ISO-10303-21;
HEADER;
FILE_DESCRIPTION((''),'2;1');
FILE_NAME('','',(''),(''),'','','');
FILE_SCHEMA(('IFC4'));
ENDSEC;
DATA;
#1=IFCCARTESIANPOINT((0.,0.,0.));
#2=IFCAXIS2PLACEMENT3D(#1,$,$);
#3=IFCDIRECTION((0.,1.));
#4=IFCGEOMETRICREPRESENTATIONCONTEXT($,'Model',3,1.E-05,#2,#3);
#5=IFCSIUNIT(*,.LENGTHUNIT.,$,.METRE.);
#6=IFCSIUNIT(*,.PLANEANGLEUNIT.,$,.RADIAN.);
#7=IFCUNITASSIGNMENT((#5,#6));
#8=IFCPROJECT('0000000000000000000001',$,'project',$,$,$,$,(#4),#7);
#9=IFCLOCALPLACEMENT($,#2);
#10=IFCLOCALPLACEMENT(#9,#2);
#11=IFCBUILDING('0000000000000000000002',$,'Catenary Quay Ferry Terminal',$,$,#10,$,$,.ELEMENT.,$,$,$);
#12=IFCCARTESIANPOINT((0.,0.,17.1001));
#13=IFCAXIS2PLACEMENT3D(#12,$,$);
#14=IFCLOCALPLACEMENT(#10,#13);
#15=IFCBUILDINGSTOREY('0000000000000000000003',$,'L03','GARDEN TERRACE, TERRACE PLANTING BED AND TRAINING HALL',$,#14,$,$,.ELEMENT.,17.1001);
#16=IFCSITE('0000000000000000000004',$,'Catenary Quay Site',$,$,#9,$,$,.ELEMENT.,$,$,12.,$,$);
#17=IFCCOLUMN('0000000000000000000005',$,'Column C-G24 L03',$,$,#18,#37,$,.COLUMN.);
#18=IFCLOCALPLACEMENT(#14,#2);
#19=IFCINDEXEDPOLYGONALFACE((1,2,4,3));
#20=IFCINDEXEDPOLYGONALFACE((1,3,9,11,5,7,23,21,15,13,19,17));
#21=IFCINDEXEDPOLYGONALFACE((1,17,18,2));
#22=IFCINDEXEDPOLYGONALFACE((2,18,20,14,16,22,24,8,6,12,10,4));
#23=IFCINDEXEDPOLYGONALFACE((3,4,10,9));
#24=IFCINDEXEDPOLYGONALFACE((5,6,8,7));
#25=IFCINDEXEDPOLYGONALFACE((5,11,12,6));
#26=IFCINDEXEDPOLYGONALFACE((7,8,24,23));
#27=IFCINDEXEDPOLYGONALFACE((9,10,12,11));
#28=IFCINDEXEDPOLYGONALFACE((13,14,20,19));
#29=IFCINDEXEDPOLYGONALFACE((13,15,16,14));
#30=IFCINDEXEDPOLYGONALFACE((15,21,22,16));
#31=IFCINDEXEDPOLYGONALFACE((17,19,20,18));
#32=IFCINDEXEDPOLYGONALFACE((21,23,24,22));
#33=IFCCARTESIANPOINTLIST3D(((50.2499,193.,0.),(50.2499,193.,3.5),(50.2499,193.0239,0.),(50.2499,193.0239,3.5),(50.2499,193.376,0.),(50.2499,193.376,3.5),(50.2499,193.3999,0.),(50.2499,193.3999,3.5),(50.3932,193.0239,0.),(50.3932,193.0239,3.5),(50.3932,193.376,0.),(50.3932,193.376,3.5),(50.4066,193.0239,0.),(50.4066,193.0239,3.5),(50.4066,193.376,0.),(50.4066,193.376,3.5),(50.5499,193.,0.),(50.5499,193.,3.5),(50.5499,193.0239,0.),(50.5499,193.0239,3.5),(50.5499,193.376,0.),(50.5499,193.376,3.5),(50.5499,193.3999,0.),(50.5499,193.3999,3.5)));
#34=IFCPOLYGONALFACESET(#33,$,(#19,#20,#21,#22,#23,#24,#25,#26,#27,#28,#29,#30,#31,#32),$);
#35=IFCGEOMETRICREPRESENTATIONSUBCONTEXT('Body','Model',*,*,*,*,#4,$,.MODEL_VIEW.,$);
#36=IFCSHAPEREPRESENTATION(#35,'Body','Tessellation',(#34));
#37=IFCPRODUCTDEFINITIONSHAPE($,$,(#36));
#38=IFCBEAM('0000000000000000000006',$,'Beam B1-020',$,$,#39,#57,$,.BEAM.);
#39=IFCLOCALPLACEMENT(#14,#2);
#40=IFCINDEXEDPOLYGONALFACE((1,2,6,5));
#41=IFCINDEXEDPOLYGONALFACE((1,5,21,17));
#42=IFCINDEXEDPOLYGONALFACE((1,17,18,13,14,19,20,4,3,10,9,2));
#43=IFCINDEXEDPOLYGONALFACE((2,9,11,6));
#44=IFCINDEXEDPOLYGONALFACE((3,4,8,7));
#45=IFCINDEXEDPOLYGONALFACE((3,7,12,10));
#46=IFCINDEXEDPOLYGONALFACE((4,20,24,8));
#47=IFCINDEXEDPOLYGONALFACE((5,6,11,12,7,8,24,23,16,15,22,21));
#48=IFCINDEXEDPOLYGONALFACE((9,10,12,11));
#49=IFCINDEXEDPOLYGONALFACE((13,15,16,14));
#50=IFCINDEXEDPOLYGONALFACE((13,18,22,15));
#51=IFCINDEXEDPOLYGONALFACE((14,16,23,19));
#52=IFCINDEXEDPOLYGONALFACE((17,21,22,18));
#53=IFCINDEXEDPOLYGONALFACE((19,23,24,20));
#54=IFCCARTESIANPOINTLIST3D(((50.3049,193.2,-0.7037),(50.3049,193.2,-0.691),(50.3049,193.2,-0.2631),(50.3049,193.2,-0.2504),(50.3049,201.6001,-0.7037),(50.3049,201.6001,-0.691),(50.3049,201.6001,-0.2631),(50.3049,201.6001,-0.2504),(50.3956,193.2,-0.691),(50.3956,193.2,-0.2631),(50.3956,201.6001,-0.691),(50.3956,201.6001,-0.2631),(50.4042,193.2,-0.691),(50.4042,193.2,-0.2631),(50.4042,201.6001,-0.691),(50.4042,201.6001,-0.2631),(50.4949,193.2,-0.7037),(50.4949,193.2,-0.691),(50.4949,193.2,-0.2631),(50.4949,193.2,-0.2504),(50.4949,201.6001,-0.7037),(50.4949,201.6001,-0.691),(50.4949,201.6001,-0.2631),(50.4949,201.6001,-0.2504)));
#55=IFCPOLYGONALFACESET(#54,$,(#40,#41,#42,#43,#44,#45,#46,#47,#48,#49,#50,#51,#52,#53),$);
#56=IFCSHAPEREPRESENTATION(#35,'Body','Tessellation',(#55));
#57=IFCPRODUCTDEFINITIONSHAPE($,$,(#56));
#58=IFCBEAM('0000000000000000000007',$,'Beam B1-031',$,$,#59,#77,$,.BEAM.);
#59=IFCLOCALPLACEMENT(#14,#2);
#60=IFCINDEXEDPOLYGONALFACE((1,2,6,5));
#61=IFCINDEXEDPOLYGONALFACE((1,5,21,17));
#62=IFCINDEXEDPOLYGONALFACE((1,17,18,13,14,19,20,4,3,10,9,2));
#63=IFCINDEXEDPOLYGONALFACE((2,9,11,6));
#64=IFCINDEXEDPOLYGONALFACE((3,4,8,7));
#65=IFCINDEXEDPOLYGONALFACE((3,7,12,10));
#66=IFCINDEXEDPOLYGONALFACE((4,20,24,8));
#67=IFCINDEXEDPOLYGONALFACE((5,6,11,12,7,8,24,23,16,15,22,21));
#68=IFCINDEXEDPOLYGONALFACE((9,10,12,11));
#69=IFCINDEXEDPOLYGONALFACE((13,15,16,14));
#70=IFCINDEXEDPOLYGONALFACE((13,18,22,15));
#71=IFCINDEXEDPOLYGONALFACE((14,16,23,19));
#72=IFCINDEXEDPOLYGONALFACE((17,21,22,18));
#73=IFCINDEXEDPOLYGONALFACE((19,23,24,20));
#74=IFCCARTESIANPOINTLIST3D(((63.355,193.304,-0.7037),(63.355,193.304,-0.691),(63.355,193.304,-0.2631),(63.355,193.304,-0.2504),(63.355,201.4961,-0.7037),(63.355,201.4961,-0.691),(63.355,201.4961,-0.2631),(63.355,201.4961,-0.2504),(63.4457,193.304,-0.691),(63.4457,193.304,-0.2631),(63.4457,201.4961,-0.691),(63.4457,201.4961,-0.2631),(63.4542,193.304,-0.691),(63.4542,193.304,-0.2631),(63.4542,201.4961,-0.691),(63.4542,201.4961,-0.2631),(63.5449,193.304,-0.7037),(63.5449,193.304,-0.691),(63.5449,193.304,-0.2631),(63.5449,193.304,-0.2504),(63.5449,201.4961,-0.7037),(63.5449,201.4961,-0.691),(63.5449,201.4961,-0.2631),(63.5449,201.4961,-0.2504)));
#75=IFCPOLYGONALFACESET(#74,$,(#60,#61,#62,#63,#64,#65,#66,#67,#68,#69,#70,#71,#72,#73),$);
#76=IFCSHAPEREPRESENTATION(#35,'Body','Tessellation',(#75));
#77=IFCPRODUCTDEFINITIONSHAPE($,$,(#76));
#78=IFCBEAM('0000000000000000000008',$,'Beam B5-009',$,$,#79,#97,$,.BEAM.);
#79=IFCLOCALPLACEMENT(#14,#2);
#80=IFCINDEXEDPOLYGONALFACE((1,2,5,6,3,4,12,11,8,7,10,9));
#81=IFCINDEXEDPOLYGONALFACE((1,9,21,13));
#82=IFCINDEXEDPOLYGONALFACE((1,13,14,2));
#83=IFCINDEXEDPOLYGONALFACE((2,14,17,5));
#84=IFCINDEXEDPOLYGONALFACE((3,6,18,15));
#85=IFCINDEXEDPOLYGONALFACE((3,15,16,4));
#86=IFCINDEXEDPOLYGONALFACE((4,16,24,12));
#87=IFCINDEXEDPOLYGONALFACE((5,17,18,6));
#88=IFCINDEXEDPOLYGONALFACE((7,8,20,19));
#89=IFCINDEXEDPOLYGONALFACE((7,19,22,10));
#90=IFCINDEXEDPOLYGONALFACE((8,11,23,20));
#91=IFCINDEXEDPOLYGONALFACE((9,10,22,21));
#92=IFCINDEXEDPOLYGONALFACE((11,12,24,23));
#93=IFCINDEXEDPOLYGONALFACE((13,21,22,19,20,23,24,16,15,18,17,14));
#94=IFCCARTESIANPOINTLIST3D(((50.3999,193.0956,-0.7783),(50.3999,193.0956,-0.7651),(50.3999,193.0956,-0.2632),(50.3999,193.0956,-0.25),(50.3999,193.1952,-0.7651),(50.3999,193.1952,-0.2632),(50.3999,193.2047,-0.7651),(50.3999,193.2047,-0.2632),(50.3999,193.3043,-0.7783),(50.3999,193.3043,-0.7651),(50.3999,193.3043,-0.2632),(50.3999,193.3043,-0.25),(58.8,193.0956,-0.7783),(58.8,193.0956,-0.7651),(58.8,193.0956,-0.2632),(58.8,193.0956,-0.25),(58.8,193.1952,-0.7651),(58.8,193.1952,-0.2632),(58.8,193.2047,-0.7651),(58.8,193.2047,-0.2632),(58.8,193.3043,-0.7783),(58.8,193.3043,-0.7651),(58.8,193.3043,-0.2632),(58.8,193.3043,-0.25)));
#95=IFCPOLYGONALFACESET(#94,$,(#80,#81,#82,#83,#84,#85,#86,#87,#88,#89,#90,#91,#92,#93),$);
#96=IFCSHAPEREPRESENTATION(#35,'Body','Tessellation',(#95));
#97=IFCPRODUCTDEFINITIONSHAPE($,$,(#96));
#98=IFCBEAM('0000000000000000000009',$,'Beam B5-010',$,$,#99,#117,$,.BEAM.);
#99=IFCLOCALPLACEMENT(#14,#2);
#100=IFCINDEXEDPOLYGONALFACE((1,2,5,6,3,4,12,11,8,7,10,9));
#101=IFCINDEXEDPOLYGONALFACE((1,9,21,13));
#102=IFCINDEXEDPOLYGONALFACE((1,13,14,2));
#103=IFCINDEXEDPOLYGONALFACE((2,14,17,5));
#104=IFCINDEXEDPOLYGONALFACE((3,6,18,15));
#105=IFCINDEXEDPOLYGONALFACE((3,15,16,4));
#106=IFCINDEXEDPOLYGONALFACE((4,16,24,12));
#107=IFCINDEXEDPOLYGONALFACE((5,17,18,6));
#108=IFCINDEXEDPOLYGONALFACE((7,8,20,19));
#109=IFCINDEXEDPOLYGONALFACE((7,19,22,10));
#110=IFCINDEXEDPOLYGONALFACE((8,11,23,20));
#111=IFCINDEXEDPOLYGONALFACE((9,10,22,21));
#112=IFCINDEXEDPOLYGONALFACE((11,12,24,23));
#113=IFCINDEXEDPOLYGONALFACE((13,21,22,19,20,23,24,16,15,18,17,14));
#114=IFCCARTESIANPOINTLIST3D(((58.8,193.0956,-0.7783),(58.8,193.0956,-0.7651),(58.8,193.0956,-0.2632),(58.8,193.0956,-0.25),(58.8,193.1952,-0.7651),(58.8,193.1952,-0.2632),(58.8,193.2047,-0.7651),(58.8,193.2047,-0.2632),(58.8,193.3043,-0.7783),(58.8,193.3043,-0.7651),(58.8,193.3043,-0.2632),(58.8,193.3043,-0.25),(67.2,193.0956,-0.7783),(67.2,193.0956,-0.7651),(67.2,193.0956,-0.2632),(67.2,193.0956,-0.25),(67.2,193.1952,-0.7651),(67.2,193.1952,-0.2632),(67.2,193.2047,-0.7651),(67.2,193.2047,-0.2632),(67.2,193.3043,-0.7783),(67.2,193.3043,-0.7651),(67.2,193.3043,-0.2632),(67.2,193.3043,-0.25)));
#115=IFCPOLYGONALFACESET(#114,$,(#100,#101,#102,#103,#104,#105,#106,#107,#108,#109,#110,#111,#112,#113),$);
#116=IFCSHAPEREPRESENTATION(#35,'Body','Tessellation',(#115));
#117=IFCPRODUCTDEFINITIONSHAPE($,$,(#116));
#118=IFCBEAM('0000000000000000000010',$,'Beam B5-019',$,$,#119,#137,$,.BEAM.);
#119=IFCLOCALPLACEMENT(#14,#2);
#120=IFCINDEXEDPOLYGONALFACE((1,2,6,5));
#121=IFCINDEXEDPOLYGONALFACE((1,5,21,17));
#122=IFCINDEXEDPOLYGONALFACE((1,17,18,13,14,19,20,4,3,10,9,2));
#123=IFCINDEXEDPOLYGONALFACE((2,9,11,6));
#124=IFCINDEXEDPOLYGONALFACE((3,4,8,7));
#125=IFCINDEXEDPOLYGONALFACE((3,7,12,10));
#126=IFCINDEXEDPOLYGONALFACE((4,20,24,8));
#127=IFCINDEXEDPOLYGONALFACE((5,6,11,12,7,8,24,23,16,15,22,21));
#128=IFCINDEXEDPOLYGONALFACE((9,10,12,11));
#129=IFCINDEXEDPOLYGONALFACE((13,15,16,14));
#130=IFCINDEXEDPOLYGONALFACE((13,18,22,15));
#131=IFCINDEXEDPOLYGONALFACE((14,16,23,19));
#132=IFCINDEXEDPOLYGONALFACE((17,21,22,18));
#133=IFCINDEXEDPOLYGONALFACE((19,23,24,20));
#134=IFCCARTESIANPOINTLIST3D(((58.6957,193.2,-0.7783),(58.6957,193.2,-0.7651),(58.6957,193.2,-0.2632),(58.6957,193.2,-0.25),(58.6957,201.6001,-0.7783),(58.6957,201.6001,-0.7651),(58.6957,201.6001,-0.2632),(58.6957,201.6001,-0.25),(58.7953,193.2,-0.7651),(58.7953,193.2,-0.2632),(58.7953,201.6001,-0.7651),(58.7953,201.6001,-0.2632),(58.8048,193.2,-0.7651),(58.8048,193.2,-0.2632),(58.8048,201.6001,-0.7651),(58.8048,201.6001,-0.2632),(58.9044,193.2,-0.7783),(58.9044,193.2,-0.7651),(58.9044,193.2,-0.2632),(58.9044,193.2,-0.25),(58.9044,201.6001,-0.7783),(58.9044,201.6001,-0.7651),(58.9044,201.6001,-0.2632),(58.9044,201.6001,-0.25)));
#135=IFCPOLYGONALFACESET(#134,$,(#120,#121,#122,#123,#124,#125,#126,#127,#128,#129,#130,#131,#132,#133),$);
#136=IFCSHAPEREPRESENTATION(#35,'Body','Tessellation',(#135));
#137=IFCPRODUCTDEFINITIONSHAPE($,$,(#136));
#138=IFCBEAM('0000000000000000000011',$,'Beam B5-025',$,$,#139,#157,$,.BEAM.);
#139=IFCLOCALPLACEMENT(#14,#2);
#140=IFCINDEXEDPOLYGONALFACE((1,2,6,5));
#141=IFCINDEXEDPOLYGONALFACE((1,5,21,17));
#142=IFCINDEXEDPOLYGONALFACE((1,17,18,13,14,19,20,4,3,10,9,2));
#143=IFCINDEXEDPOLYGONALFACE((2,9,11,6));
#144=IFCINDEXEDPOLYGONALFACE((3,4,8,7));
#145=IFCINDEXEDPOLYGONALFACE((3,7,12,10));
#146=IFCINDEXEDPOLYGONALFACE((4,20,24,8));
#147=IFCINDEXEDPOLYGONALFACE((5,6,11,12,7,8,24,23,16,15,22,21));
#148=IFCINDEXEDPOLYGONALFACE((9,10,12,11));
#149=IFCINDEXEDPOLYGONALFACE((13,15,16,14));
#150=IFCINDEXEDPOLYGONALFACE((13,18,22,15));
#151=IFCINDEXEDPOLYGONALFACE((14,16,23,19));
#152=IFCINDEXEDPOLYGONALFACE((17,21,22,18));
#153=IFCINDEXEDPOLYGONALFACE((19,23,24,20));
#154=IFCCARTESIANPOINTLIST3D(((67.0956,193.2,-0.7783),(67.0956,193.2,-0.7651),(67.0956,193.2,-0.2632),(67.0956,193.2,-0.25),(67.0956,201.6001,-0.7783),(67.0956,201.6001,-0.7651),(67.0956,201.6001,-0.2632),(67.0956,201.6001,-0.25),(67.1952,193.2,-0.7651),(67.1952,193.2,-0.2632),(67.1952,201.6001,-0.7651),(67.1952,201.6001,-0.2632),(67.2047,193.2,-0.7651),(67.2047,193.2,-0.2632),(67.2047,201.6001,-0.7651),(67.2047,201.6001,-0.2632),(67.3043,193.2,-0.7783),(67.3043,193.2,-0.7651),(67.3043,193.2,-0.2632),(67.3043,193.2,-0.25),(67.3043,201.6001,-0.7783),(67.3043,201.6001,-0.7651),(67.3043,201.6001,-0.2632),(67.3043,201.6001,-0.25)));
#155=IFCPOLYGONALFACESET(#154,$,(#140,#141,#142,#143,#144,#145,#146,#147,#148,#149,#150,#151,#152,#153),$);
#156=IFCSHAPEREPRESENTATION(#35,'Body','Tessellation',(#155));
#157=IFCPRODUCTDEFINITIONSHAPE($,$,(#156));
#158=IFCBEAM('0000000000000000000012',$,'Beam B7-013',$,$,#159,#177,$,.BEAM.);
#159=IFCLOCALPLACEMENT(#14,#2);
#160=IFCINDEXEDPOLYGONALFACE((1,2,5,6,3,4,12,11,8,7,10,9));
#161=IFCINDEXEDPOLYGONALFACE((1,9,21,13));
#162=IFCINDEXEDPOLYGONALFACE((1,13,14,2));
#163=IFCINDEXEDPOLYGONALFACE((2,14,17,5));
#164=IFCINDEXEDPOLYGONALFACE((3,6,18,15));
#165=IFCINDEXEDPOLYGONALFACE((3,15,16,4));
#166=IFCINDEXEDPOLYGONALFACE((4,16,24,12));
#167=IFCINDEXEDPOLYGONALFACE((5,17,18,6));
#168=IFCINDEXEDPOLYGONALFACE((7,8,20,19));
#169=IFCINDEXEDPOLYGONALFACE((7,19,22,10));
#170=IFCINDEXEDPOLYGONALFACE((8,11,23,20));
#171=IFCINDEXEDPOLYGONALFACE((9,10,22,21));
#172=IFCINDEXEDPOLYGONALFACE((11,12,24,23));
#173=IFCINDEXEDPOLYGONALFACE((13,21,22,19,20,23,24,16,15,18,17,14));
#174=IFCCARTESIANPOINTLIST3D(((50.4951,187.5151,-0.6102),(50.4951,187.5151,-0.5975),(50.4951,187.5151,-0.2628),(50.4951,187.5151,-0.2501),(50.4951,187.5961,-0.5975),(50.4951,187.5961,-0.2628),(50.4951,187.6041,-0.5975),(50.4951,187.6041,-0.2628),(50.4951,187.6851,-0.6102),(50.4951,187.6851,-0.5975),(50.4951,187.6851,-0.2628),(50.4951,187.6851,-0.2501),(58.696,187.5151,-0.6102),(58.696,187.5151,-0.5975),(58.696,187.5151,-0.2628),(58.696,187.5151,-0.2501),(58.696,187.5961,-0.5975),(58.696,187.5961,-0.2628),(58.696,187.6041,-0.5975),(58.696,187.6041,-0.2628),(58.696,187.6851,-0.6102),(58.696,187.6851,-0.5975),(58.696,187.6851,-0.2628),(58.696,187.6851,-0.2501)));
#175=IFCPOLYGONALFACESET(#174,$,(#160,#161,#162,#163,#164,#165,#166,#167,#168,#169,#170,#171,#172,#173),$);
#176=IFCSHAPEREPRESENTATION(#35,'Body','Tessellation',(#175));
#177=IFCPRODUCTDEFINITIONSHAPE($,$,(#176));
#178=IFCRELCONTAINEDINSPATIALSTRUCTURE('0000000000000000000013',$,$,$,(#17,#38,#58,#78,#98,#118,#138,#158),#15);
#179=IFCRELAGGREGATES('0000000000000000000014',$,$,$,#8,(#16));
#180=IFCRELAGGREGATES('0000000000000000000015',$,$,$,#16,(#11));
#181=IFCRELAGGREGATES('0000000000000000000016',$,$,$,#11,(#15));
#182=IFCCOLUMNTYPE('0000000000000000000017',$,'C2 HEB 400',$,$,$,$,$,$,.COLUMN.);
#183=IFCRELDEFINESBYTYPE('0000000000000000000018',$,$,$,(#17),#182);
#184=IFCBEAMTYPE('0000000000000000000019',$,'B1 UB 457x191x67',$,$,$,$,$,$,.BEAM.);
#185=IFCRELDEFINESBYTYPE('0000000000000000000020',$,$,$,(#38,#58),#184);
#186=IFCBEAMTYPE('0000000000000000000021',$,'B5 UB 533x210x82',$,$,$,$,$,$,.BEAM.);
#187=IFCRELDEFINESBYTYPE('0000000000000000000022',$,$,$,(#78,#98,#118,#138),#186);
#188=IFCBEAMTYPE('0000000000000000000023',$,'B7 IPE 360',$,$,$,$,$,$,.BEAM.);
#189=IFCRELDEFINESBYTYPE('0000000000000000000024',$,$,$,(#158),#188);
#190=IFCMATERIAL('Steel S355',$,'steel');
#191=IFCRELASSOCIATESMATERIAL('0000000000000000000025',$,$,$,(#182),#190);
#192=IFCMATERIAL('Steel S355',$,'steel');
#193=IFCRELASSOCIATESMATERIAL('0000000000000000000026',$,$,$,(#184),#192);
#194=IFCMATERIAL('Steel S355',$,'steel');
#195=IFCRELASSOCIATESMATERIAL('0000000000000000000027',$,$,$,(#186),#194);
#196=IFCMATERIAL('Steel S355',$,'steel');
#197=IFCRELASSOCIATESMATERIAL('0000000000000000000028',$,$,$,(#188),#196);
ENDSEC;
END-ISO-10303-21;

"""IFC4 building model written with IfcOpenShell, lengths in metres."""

from ifc_helpers import new_model, si_unit, direction, frame, origin, origin_2d, place, context, subcontext, project, spatial, i_section, extrude, material, material_profile, profile_set, type_object, element, save


model = new_model("IFC4")

# Units and contexts
model_context = context("Model", 3, precision=1e-05, world=origin(), true_north=direction((0.0, 1.0)))
body_context = subcontext(model_context, "Body", "Model", "MODEL_VIEW")
ifc_project = project(units=[si_unit("LENGTHUNIT", "METRE"), si_unit("PLANEANGLEUNIT", "RADIAN")], contexts=[model_context])

# Site, building, storey
site_placement = place(None, origin())
site = spatial("IfcSite", under=ifc_project, at=site_placement, Name="Catenary Quay Site", CompositionType="ELEMENT", RefElevation=12.0)
building_placement = place(site_placement, origin())
building = spatial("IfcBuilding", under=site, at=building_placement, Name="Catenary Quay Ferry Terminal", CompositionType="ELEMENT")
storey_placement = place(building_placement, frame((0.0, 0.0, 17.1001)))
storey = spatial("IfcBuildingStorey", under=building, at=storey_placement, Name="L03", Description="GARDEN TERRACE, TERRACE PLANTING BED AND TRAINING HALL", CompositionType="ELEMENT", Elevation=17.1001)

# Column
ifc_material_1 = material(Name="Steel S355", Category="steel")
ifc_material_profile_1 = material_profile(ifc_material_1, i_section(OverallWidth=0.3, OverallDepth=0.3999, WebThickness=0.0134, FlangeThickness=0.0239, at=origin_2d()), Name="HEB 400")
ifc_profile_set_1 = profile_set([ifc_material_profile_1], Name="Steel S355")
column_type = type_object("IfcColumnType", Name="C2 HEB 400", PredefinedType="COLUMN", material=ifc_profile_set_1)
column_placement = place(storey_placement, frame((50.3999, 193.2, 0.0), z_axis=(0.0, 0.0, 1.0), x_axis=(1.0, 0.0, 0.0)))
element("IfcColumn", 1, at=column_placement, inside=storey, type_object=column_type, Name="Column C-G24 L03", PredefinedType="COLUMN", context=body_context, shape_type="SweptSolid", body=[
    extrude(i_section(OverallWidth=0.3, OverallDepth=0.3999, WebThickness=0.0134, FlangeThickness=0.0239, at=origin_2d()), origin(), (0.0, 0.0, 1.0), 3.5),
])

# Beams
ifc_material_2 = material(Name="Steel S355", Category="steel")
ifc_material_profile_2 = material_profile(ifc_material_2, i_section(OverallWidth=0.1899, OverallDepth=0.4534, WebThickness=0.0085, FlangeThickness=0.0127, at=origin_2d()), Name="UB 457x191x67")
ifc_profile_set_2 = profile_set([ifc_material_profile_2], Name="Steel S355")
beam_type_1 = type_object("IfcBeamType", Name="B1 UB 457x191x67", PredefinedType="BEAM", material=ifc_profile_set_2)
beam_1_placement = place(storey_placement, frame((50.3999, 193.2, -0.4771), z_axis=(0.0, 1.0, 0.0), x_axis=(-1.0, 0.0, 0.0)))
element("IfcBeam", 2, at=beam_1_placement, inside=storey, type_object=beam_type_1, Name="Beam B1-020", PredefinedType="BEAM", context=body_context, shape_type="SweptSolid", body=[
    extrude(i_section(OverallWidth=0.1899, OverallDepth=0.4534, WebThickness=0.0085, FlangeThickness=0.0127, at=origin_2d()), origin(), (0.0, 0.0, 1.0), 8.4001),
])
beam_2_placement = place(storey_placement, frame((63.45, 193.304, -0.4771), z_axis=(0.0, 1.0, 0.0), x_axis=(-1.0, 0.0, 0.0)))
element("IfcBeam", 3, at=beam_2_placement, inside=storey, type_object=beam_type_1, Name="Beam B1-031", PredefinedType="BEAM", context=body_context, shape_type="SweptSolid", body=[
    extrude(i_section(OverallWidth=0.1899, OverallDepth=0.4534, WebThickness=0.0085, FlangeThickness=0.0127, at=origin_2d()), origin(), (0.0, 0.0, 1.0), 8.1921),
])
ifc_material_3 = material(Name="Steel S355", Category="steel")
ifc_material_profile_3 = material_profile(ifc_material_3, i_section(OverallWidth=0.2087, OverallDepth=0.5283, WebThickness=0.0095, FlangeThickness=0.0132, at=origin_2d()), Name="UB 533x210x82")
ifc_profile_set_3 = profile_set([ifc_material_profile_3], Name="Steel S355")
beam_type_2 = type_object("IfcBeamType", Name="B5 UB 533x210x82", PredefinedType="BEAM", material=ifc_profile_set_3)
beam_3_placement = place(storey_placement, frame((50.3999, 193.2, -0.5142), z_axis=(1.0, 0.0, 0.0), x_axis=(0.0, 1.0, 0.0)))
element("IfcBeam", 4, at=beam_3_placement, inside=storey, type_object=beam_type_2, Name="Beam B5-009", PredefinedType="BEAM", context=body_context, shape_type="SweptSolid", body=[
    extrude(i_section(OverallWidth=0.2087, OverallDepth=0.5283, WebThickness=0.0095, FlangeThickness=0.0132, at=origin_2d()), origin(), (0.0, 0.0, 1.0), 8.4001),
])
beam_4_placement = place(storey_placement, frame((58.8, 193.2, -0.5142), z_axis=(1.0, 0.0, 0.0), x_axis=(0.0, 1.0, 0.0)))
element("IfcBeam", 5, at=beam_4_placement, inside=storey, type_object=beam_type_2, Name="Beam B5-010", PredefinedType="BEAM", context=body_context, shape_type="SweptSolid", body=[
    extrude(i_section(OverallWidth=0.2087, OverallDepth=0.5283, WebThickness=0.0095, FlangeThickness=0.0132, at=origin_2d()), origin(), (0.0, 0.0, 1.0), 8.3999),
])
for number, where, z_axis, x_axis, name in (
    (6, (58.8, 193.2, -0.5142), (0.0, 1.0, 0.0), (-1.0, 0.0, 0.0), "Beam B5-019"),
    (7, (67.2, 193.2, -0.5142), (0.0, 1.0, 0.0), (-1.0, 0.0, 0.0), "Beam B5-025"),
):
    element("IfcBeam", number, at=place(storey_placement, frame(where, z_axis=z_axis, x_axis=x_axis)), inside=storey, type_object=beam_type_2, Name=name, PredefinedType="BEAM", context=body_context, shape_type="SweptSolid", body=[
        extrude(i_section(OverallWidth=0.2087, OverallDepth=0.5283, WebThickness=0.0095, FlangeThickness=0.0132, at=origin_2d()), origin(), (0.0, 0.0, 1.0), 8.4001),
    ])
ifc_material_4 = material(Name="Steel S355", Category="steel")
ifc_material_profile_4 = material_profile(ifc_material_4, i_section(OverallWidth=0.1699, OverallDepth=0.3601, WebThickness=0.0081, FlangeThickness=0.0127, at=origin_2d()), Name="IPE 360")
ifc_profile_set_4 = profile_set([ifc_material_profile_4], Name="Steel S355")
beam_type_3 = type_object("IfcBeamType", Name="B7 IPE 360", PredefinedType="BEAM", material=ifc_profile_set_4)
beam_5_placement = place(storey_placement, frame((50.4951, 187.6001, -0.4302), z_axis=(1.0, 0.0, 0.0), x_axis=(0.0, 1.0, 0.0)))
element("IfcBeam", 8, at=beam_5_placement, inside=storey, type_object=beam_type_3, Name="Beam B7-013", PredefinedType="BEAM", context=body_context, shape_type="SweptSolid", body=[
    extrude(i_section(OverallWidth=0.1699, OverallDepth=0.3601, WebThickness=0.0081, FlangeThickness=0.0127, at=origin_2d()), origin(), (0.0, 0.0, 1.0), 8.2009),
])

save(model, "model.ifc")
